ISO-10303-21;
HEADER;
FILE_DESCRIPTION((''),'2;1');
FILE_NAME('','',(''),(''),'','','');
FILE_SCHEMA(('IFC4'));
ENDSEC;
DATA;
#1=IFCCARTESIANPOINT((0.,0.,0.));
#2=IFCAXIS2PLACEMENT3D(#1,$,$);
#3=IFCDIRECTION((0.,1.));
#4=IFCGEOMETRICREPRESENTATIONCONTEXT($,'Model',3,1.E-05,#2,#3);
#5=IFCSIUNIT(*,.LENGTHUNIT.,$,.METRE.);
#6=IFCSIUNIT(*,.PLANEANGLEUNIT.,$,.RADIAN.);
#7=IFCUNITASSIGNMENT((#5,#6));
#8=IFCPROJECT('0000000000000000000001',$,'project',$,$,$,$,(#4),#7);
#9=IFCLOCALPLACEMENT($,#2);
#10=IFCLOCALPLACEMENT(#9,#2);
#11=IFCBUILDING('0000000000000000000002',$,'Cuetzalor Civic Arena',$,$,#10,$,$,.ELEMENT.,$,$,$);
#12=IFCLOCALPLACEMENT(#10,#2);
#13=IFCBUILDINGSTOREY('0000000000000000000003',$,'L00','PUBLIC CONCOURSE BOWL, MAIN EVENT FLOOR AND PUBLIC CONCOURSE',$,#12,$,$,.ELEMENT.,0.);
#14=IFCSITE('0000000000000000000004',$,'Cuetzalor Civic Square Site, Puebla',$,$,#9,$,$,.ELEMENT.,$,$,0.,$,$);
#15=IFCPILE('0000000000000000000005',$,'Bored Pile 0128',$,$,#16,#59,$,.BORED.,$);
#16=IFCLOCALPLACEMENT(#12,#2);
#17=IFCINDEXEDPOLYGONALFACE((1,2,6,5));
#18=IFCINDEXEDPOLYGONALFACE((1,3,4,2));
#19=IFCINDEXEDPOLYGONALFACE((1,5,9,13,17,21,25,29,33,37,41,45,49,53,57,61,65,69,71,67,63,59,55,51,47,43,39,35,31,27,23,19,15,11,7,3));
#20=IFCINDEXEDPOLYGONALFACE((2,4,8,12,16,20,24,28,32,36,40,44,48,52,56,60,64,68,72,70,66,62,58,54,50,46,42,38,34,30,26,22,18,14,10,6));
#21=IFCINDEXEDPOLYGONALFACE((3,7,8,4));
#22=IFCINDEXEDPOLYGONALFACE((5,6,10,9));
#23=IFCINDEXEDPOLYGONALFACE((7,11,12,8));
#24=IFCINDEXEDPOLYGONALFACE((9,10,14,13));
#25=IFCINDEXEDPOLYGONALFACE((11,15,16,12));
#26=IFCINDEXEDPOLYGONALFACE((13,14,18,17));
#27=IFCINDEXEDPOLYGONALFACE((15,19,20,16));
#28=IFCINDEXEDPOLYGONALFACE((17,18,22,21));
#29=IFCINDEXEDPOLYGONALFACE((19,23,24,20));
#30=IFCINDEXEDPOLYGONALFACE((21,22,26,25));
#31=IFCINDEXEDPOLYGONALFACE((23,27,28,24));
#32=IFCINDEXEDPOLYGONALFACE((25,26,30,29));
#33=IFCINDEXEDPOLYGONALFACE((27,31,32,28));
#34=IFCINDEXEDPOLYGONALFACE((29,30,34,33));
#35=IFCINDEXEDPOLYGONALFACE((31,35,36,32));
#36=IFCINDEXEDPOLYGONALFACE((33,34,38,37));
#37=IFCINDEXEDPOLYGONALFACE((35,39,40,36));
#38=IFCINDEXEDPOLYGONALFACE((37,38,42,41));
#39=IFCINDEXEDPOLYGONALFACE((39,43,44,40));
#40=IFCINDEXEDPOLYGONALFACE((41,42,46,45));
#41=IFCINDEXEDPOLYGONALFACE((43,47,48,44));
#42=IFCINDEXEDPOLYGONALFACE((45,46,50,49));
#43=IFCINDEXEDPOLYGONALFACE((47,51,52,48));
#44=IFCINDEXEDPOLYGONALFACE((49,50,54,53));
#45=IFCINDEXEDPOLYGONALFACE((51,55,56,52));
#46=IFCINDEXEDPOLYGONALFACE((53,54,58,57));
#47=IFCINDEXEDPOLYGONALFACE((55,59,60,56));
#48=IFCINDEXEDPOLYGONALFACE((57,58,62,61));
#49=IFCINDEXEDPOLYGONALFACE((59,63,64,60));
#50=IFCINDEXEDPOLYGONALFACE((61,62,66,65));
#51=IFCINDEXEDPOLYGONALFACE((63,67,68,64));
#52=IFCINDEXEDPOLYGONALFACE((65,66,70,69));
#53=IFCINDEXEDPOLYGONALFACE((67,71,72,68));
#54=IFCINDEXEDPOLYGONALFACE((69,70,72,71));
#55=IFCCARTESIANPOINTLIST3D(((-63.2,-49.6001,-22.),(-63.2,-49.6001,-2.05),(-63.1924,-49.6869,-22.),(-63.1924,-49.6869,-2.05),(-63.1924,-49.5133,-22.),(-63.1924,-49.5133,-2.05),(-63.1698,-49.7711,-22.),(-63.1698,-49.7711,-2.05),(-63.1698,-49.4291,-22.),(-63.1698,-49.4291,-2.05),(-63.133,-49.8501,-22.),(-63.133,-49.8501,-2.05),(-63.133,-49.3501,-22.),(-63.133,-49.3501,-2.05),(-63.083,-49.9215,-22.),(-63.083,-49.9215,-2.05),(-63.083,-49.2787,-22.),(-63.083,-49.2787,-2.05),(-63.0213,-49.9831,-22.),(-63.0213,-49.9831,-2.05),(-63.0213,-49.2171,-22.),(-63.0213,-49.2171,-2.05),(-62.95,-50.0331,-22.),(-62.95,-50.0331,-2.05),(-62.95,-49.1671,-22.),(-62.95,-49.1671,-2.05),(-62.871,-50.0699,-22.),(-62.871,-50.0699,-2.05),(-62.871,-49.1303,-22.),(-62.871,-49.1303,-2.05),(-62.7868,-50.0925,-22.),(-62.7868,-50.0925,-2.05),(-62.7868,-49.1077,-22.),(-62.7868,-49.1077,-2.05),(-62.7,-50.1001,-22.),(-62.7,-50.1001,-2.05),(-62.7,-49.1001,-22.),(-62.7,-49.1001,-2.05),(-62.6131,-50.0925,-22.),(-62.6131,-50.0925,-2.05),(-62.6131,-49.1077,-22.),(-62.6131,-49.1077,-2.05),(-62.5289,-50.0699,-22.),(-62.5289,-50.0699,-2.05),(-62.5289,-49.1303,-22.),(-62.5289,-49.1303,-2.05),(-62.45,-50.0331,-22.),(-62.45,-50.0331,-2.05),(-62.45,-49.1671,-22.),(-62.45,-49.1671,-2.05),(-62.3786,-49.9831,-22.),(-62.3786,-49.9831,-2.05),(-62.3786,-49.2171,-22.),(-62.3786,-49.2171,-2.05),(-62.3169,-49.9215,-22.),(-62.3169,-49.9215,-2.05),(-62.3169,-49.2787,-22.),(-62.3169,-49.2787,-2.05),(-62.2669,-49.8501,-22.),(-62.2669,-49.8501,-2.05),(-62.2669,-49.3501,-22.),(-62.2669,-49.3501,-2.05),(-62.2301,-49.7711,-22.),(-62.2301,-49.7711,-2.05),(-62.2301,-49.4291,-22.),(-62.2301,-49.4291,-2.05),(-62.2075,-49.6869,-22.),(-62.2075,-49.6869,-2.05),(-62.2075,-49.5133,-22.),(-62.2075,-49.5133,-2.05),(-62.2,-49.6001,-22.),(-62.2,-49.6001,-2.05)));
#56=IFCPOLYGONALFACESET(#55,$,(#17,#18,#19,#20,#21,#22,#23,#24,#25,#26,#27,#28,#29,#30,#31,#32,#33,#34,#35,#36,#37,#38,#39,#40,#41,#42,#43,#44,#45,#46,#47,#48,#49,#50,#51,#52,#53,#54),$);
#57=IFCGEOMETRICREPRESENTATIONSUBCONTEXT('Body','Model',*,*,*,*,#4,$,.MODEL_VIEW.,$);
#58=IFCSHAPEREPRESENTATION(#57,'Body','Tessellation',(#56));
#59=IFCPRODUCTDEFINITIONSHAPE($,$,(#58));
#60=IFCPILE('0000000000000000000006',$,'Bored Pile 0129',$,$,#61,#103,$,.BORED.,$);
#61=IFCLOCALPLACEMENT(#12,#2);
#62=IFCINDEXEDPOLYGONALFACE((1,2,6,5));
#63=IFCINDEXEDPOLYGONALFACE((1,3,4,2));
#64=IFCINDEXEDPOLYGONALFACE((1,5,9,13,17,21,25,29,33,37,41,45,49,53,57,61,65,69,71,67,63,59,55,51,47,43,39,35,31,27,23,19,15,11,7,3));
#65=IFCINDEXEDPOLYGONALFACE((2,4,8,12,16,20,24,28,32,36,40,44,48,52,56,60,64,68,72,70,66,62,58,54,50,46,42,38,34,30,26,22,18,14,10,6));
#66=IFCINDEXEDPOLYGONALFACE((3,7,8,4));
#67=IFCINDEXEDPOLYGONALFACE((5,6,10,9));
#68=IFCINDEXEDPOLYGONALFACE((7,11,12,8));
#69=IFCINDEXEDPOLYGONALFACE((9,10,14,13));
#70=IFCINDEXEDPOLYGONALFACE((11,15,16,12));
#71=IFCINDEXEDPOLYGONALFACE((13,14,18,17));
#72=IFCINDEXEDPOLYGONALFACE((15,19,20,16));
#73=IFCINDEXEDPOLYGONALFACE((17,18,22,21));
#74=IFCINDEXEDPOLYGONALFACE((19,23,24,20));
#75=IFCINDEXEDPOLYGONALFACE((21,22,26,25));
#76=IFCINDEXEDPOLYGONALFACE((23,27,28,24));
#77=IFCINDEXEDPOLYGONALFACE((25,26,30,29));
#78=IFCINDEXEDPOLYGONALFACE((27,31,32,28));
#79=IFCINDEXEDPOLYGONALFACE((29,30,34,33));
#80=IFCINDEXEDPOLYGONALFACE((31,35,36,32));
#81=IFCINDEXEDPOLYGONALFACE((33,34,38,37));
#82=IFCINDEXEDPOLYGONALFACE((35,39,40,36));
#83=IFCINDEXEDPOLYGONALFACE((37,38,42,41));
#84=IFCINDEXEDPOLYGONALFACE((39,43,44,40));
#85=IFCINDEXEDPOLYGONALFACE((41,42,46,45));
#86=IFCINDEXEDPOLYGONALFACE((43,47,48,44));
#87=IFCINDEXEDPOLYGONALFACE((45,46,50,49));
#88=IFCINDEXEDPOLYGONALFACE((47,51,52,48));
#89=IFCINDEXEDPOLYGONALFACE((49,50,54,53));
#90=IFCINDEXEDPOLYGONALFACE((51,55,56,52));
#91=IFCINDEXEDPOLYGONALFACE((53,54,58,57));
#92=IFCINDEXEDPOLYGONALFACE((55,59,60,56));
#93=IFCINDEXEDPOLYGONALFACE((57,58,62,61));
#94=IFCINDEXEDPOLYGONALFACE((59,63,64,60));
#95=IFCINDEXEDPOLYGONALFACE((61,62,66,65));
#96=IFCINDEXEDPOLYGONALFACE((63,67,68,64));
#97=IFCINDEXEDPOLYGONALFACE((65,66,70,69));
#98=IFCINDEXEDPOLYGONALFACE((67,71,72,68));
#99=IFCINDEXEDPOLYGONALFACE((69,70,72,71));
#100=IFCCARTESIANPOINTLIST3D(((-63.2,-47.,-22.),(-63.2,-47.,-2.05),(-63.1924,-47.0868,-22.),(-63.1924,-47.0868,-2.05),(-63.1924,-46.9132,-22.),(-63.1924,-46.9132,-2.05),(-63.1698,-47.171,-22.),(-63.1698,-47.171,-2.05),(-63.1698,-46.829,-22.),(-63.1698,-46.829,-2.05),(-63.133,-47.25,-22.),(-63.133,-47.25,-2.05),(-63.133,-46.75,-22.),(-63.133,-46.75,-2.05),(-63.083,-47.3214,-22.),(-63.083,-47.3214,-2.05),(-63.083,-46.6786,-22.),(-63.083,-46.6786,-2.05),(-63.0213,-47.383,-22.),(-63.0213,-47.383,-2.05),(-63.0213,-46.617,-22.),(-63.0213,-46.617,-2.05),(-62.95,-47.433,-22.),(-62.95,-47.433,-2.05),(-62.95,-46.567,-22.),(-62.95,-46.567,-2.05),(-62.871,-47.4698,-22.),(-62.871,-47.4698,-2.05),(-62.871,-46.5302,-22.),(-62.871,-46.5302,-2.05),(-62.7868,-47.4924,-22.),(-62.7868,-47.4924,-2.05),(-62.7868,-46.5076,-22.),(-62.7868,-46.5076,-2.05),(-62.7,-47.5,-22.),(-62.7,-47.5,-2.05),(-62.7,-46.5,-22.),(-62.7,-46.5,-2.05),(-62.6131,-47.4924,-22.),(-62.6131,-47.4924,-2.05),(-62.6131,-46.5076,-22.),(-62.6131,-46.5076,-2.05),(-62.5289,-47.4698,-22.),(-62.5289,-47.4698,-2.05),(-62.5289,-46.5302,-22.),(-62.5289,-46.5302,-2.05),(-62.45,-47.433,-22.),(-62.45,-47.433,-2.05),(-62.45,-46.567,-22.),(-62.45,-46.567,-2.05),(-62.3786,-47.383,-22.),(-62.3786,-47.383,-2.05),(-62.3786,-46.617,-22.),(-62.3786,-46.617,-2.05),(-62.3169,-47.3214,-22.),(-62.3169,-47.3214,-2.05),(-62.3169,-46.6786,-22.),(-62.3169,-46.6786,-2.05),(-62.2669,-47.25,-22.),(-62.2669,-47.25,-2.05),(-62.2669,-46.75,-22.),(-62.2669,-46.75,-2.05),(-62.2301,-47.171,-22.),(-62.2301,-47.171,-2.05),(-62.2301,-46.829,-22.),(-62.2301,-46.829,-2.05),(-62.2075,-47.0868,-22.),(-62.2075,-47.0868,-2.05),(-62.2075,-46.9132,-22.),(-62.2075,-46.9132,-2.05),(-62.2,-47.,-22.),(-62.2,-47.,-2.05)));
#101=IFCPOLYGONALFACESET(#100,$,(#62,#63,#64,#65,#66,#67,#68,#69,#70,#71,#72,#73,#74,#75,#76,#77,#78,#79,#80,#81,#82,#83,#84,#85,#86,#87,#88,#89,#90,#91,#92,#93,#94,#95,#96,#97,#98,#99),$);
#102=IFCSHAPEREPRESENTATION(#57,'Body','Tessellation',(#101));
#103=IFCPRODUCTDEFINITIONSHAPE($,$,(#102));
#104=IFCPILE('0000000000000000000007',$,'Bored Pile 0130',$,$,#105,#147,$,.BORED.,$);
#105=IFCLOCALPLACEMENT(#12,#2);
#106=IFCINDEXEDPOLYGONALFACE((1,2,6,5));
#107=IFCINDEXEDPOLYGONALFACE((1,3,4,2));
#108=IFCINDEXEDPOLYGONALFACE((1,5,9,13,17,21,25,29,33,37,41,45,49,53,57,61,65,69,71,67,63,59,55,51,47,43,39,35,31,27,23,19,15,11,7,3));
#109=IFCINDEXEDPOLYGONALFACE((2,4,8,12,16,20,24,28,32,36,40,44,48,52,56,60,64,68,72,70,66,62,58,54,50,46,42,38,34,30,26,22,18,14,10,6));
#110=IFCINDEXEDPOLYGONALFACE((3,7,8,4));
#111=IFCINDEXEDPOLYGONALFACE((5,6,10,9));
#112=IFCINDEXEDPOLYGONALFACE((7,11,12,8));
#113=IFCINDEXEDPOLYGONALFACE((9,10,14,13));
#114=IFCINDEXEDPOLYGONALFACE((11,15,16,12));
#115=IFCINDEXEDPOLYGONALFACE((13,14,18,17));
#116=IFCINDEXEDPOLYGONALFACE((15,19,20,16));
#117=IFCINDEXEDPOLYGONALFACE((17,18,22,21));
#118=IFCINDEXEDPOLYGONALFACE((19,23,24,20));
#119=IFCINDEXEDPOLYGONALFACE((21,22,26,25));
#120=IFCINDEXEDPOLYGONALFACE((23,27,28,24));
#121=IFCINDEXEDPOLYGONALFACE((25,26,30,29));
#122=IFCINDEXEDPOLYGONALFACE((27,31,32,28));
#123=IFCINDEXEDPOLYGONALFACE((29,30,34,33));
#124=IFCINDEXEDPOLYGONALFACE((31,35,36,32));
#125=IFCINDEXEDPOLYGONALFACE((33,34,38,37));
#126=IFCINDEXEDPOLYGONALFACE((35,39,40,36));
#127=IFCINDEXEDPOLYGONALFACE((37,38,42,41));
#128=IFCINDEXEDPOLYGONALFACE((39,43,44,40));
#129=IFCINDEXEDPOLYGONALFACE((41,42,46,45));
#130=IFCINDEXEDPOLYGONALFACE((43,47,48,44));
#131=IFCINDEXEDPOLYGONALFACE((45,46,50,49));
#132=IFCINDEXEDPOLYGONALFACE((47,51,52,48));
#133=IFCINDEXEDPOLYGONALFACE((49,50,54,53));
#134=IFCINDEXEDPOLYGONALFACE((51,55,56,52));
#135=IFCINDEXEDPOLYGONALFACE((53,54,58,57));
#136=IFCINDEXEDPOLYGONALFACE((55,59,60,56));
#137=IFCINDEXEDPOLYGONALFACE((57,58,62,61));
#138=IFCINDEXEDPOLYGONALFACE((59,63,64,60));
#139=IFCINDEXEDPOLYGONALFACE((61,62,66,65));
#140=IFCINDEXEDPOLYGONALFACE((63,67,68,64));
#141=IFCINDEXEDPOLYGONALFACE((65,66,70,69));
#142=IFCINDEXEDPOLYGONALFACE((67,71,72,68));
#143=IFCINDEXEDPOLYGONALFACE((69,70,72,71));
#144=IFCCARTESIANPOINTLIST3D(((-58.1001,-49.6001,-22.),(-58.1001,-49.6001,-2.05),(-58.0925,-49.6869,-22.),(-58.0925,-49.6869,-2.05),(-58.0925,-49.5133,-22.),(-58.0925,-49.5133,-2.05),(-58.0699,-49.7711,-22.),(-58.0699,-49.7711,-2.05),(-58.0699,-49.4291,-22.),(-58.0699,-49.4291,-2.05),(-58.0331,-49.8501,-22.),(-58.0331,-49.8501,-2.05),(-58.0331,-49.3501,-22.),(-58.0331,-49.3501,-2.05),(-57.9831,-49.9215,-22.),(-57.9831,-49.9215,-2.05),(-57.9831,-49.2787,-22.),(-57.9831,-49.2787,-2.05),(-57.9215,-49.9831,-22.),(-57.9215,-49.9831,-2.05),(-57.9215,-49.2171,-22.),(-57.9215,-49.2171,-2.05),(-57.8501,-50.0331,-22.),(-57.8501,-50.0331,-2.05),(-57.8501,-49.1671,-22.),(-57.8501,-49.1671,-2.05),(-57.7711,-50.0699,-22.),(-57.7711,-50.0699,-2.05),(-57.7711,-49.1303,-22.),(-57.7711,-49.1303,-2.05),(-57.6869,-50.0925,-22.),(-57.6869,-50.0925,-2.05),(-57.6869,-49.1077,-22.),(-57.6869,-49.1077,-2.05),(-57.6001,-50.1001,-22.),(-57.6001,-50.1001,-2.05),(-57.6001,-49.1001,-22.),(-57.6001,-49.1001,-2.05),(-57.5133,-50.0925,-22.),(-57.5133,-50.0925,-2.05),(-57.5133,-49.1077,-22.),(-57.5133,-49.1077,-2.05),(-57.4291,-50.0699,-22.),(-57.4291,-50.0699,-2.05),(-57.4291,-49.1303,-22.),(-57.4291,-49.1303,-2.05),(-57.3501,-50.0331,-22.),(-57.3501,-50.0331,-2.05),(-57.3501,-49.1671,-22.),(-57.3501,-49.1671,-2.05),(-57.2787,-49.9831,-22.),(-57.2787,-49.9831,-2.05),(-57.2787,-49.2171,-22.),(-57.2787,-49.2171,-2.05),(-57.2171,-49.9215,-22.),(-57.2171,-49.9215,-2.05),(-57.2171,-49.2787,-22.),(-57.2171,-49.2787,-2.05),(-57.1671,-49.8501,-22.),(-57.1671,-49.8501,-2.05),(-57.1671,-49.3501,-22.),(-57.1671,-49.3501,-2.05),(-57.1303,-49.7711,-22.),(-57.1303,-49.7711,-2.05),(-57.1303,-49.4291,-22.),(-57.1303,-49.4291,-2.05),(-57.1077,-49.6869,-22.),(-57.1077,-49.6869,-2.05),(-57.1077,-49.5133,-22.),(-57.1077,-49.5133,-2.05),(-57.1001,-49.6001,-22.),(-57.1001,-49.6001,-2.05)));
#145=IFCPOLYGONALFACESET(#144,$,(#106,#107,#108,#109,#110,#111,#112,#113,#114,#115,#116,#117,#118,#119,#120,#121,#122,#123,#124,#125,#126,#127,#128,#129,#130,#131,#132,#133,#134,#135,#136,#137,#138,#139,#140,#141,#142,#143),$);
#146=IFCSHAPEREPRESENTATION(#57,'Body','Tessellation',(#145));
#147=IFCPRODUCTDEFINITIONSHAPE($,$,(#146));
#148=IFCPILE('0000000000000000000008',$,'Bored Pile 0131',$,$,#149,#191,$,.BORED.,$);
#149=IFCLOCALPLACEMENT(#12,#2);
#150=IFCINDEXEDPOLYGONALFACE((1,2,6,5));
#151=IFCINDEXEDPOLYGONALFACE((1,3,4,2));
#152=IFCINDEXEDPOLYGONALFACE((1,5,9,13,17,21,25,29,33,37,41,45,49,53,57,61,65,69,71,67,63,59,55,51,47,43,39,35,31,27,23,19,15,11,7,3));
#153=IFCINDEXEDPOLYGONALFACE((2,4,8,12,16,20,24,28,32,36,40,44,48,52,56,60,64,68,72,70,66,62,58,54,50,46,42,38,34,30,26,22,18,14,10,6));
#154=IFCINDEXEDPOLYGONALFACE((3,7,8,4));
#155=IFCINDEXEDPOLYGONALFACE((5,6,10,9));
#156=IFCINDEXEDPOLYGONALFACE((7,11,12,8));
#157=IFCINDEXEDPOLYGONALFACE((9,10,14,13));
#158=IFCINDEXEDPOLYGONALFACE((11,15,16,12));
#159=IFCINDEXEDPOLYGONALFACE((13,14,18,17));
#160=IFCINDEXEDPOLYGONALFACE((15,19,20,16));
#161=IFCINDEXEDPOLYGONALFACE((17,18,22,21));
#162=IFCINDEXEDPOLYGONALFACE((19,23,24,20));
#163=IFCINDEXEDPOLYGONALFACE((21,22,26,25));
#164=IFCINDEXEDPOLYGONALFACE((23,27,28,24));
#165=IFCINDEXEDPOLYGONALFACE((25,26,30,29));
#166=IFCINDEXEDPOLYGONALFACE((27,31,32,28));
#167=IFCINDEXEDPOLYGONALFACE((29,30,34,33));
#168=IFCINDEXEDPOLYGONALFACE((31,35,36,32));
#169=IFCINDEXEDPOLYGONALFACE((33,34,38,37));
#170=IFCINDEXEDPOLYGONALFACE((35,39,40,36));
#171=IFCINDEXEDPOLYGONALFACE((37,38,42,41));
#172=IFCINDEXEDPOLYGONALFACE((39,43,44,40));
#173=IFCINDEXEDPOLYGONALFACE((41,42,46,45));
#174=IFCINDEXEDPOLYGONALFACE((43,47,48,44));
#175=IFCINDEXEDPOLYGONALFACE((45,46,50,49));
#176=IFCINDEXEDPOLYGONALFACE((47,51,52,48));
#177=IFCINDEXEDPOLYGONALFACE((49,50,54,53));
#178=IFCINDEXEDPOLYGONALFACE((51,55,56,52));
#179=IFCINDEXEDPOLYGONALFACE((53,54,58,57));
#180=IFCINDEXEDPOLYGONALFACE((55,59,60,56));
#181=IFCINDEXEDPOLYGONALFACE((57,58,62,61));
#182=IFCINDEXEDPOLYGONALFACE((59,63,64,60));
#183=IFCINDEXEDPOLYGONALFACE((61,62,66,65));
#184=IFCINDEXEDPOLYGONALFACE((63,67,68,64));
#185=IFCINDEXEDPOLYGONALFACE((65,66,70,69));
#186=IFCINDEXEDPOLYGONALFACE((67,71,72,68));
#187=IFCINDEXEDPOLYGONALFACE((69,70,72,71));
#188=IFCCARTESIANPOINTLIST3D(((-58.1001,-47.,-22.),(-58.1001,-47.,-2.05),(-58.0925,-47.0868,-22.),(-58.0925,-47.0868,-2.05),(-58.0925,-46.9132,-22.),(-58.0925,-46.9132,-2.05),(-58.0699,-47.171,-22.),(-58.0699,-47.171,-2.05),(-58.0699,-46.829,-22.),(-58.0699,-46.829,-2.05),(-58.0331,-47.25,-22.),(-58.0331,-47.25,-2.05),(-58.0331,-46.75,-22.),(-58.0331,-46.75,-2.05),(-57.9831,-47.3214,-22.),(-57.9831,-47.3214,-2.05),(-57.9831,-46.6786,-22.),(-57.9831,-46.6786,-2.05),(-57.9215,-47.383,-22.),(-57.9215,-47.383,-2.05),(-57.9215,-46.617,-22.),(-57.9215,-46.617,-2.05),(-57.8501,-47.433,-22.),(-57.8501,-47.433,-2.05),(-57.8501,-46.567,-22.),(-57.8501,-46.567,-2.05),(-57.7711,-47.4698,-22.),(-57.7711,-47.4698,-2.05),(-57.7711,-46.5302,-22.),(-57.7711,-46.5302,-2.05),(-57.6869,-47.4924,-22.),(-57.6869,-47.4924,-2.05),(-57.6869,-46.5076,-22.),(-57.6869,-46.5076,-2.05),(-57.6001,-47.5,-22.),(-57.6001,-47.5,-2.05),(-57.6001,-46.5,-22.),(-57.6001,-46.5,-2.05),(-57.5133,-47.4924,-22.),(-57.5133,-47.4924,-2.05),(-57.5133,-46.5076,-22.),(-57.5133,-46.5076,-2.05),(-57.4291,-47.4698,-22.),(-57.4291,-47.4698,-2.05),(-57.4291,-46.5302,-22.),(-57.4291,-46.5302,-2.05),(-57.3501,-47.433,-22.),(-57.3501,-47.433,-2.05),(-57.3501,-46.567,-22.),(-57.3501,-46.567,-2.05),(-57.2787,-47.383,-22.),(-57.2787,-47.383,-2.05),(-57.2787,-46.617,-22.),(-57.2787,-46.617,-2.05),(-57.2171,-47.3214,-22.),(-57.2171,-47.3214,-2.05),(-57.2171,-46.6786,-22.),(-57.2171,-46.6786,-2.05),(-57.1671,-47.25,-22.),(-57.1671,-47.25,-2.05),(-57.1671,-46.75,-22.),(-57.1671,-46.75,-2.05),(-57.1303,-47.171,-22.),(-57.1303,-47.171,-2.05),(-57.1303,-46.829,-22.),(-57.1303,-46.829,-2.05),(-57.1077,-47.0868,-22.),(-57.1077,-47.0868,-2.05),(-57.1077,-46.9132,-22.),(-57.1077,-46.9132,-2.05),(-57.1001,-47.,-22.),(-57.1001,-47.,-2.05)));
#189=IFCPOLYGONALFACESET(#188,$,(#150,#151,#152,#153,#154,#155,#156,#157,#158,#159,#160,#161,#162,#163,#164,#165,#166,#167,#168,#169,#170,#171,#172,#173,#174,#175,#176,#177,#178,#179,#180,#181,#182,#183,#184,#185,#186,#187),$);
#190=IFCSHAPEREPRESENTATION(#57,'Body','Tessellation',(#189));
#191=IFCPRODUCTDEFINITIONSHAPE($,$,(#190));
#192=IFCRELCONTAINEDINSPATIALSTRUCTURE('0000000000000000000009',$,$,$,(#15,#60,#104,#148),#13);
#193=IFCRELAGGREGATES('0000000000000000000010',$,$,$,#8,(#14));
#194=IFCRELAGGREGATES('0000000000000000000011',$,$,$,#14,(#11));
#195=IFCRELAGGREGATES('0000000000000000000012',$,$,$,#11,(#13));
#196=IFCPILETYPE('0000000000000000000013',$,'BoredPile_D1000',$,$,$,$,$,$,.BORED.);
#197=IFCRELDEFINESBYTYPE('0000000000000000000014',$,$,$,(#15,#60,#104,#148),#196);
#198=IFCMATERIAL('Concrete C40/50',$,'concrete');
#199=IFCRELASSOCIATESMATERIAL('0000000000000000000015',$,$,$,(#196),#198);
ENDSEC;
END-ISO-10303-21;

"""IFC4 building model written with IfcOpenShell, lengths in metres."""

from ifc_helpers import new_model, si_unit, direction, frame, origin, origin_2d, place, context, subcontext, project, spatial, circle, extrude, material, material_profile, profile_set, type_object, element, save


model = new_model("IFC4")

# Units and contexts
model_context = context("Model", 3, precision=1e-05, world=origin(), true_north=direction((0.0, 1.0)))
body_context = subcontext(model_context, "Body", "Model", "MODEL_VIEW")
ifc_project = project(units=[si_unit("LENGTHUNIT", "METRE"), si_unit("PLANEANGLEUNIT", "RADIAN")], contexts=[model_context])

# Site, building, storey
site_placement = place(None, origin())
site = spatial("IfcSite", under=ifc_project, at=site_placement, Name="Cuetzalor Civic Square Site, Puebla", CompositionType="ELEMENT", RefElevation=0.0)
building_placement = place(site_placement, origin())
building = spatial("IfcBuilding", under=site, at=building_placement, Name="Cuetzalor Civic Arena", CompositionType="ELEMENT")
storey_placement = place(building_placement, origin())
storey = spatial("IfcBuildingStorey", under=building, at=storey_placement, Name="L00", Description="PUBLIC CONCOURSE BOWL, MAIN EVENT FLOOR AND PUBLIC CONCOURSE", CompositionType="ELEMENT", Elevation=0.0)

# Piles
ifc_material_1 = material(Name="Concrete C40/50", Category="concrete")
ifc_material_profile_1 = material_profile(ifc_material_1, circle(Radius=0.5, at=origin_2d()), Name="BORED PILE D1000")
ifc_profile_set_1 = profile_set([ifc_material_profile_1], Name="Concrete C40/50")
pile_type = type_object("IfcPileType", Name="BoredPile_D1000", PredefinedType="BORED", material=ifc_profile_set_1)
for number, where, z_axis, x_axis, name in (
    (1, (-62.7, -49.6001, -2.05), (0.0, 0.0, -1.0), (1.0, 0.0, 0.0), "Bored Pile 0128"),
    (2, (-62.7, -47.0, -2.05), (0.0, 0.0, -1.0), (1.0, 0.0, 0.0), "Bored Pile 0129"),
    (3, (-57.6001, -49.6001, -2.05), (0.0, 0.0, -1.0), (1.0, 0.0, 0.0), "Bored Pile 0130"),
    (4, (-57.6001, -47.0, -2.05), (0.0, 0.0, -1.0), (1.0, 0.0, 0.0), "Bored Pile 0131"),
):
    element("IfcPile", number, at=place(storey_placement, frame(where, z_axis=z_axis, x_axis=x_axis)), inside=storey, type_object=pile_type, Name=name, PredefinedType="BORED", context=body_context, shape_type="SweptSolid", body=[
        extrude(circle(Radius=0.5, at=origin_2d()), origin(), (0.0, 0.0, 1.0), 19.95),
    ])

save(model, "model.ifc")
